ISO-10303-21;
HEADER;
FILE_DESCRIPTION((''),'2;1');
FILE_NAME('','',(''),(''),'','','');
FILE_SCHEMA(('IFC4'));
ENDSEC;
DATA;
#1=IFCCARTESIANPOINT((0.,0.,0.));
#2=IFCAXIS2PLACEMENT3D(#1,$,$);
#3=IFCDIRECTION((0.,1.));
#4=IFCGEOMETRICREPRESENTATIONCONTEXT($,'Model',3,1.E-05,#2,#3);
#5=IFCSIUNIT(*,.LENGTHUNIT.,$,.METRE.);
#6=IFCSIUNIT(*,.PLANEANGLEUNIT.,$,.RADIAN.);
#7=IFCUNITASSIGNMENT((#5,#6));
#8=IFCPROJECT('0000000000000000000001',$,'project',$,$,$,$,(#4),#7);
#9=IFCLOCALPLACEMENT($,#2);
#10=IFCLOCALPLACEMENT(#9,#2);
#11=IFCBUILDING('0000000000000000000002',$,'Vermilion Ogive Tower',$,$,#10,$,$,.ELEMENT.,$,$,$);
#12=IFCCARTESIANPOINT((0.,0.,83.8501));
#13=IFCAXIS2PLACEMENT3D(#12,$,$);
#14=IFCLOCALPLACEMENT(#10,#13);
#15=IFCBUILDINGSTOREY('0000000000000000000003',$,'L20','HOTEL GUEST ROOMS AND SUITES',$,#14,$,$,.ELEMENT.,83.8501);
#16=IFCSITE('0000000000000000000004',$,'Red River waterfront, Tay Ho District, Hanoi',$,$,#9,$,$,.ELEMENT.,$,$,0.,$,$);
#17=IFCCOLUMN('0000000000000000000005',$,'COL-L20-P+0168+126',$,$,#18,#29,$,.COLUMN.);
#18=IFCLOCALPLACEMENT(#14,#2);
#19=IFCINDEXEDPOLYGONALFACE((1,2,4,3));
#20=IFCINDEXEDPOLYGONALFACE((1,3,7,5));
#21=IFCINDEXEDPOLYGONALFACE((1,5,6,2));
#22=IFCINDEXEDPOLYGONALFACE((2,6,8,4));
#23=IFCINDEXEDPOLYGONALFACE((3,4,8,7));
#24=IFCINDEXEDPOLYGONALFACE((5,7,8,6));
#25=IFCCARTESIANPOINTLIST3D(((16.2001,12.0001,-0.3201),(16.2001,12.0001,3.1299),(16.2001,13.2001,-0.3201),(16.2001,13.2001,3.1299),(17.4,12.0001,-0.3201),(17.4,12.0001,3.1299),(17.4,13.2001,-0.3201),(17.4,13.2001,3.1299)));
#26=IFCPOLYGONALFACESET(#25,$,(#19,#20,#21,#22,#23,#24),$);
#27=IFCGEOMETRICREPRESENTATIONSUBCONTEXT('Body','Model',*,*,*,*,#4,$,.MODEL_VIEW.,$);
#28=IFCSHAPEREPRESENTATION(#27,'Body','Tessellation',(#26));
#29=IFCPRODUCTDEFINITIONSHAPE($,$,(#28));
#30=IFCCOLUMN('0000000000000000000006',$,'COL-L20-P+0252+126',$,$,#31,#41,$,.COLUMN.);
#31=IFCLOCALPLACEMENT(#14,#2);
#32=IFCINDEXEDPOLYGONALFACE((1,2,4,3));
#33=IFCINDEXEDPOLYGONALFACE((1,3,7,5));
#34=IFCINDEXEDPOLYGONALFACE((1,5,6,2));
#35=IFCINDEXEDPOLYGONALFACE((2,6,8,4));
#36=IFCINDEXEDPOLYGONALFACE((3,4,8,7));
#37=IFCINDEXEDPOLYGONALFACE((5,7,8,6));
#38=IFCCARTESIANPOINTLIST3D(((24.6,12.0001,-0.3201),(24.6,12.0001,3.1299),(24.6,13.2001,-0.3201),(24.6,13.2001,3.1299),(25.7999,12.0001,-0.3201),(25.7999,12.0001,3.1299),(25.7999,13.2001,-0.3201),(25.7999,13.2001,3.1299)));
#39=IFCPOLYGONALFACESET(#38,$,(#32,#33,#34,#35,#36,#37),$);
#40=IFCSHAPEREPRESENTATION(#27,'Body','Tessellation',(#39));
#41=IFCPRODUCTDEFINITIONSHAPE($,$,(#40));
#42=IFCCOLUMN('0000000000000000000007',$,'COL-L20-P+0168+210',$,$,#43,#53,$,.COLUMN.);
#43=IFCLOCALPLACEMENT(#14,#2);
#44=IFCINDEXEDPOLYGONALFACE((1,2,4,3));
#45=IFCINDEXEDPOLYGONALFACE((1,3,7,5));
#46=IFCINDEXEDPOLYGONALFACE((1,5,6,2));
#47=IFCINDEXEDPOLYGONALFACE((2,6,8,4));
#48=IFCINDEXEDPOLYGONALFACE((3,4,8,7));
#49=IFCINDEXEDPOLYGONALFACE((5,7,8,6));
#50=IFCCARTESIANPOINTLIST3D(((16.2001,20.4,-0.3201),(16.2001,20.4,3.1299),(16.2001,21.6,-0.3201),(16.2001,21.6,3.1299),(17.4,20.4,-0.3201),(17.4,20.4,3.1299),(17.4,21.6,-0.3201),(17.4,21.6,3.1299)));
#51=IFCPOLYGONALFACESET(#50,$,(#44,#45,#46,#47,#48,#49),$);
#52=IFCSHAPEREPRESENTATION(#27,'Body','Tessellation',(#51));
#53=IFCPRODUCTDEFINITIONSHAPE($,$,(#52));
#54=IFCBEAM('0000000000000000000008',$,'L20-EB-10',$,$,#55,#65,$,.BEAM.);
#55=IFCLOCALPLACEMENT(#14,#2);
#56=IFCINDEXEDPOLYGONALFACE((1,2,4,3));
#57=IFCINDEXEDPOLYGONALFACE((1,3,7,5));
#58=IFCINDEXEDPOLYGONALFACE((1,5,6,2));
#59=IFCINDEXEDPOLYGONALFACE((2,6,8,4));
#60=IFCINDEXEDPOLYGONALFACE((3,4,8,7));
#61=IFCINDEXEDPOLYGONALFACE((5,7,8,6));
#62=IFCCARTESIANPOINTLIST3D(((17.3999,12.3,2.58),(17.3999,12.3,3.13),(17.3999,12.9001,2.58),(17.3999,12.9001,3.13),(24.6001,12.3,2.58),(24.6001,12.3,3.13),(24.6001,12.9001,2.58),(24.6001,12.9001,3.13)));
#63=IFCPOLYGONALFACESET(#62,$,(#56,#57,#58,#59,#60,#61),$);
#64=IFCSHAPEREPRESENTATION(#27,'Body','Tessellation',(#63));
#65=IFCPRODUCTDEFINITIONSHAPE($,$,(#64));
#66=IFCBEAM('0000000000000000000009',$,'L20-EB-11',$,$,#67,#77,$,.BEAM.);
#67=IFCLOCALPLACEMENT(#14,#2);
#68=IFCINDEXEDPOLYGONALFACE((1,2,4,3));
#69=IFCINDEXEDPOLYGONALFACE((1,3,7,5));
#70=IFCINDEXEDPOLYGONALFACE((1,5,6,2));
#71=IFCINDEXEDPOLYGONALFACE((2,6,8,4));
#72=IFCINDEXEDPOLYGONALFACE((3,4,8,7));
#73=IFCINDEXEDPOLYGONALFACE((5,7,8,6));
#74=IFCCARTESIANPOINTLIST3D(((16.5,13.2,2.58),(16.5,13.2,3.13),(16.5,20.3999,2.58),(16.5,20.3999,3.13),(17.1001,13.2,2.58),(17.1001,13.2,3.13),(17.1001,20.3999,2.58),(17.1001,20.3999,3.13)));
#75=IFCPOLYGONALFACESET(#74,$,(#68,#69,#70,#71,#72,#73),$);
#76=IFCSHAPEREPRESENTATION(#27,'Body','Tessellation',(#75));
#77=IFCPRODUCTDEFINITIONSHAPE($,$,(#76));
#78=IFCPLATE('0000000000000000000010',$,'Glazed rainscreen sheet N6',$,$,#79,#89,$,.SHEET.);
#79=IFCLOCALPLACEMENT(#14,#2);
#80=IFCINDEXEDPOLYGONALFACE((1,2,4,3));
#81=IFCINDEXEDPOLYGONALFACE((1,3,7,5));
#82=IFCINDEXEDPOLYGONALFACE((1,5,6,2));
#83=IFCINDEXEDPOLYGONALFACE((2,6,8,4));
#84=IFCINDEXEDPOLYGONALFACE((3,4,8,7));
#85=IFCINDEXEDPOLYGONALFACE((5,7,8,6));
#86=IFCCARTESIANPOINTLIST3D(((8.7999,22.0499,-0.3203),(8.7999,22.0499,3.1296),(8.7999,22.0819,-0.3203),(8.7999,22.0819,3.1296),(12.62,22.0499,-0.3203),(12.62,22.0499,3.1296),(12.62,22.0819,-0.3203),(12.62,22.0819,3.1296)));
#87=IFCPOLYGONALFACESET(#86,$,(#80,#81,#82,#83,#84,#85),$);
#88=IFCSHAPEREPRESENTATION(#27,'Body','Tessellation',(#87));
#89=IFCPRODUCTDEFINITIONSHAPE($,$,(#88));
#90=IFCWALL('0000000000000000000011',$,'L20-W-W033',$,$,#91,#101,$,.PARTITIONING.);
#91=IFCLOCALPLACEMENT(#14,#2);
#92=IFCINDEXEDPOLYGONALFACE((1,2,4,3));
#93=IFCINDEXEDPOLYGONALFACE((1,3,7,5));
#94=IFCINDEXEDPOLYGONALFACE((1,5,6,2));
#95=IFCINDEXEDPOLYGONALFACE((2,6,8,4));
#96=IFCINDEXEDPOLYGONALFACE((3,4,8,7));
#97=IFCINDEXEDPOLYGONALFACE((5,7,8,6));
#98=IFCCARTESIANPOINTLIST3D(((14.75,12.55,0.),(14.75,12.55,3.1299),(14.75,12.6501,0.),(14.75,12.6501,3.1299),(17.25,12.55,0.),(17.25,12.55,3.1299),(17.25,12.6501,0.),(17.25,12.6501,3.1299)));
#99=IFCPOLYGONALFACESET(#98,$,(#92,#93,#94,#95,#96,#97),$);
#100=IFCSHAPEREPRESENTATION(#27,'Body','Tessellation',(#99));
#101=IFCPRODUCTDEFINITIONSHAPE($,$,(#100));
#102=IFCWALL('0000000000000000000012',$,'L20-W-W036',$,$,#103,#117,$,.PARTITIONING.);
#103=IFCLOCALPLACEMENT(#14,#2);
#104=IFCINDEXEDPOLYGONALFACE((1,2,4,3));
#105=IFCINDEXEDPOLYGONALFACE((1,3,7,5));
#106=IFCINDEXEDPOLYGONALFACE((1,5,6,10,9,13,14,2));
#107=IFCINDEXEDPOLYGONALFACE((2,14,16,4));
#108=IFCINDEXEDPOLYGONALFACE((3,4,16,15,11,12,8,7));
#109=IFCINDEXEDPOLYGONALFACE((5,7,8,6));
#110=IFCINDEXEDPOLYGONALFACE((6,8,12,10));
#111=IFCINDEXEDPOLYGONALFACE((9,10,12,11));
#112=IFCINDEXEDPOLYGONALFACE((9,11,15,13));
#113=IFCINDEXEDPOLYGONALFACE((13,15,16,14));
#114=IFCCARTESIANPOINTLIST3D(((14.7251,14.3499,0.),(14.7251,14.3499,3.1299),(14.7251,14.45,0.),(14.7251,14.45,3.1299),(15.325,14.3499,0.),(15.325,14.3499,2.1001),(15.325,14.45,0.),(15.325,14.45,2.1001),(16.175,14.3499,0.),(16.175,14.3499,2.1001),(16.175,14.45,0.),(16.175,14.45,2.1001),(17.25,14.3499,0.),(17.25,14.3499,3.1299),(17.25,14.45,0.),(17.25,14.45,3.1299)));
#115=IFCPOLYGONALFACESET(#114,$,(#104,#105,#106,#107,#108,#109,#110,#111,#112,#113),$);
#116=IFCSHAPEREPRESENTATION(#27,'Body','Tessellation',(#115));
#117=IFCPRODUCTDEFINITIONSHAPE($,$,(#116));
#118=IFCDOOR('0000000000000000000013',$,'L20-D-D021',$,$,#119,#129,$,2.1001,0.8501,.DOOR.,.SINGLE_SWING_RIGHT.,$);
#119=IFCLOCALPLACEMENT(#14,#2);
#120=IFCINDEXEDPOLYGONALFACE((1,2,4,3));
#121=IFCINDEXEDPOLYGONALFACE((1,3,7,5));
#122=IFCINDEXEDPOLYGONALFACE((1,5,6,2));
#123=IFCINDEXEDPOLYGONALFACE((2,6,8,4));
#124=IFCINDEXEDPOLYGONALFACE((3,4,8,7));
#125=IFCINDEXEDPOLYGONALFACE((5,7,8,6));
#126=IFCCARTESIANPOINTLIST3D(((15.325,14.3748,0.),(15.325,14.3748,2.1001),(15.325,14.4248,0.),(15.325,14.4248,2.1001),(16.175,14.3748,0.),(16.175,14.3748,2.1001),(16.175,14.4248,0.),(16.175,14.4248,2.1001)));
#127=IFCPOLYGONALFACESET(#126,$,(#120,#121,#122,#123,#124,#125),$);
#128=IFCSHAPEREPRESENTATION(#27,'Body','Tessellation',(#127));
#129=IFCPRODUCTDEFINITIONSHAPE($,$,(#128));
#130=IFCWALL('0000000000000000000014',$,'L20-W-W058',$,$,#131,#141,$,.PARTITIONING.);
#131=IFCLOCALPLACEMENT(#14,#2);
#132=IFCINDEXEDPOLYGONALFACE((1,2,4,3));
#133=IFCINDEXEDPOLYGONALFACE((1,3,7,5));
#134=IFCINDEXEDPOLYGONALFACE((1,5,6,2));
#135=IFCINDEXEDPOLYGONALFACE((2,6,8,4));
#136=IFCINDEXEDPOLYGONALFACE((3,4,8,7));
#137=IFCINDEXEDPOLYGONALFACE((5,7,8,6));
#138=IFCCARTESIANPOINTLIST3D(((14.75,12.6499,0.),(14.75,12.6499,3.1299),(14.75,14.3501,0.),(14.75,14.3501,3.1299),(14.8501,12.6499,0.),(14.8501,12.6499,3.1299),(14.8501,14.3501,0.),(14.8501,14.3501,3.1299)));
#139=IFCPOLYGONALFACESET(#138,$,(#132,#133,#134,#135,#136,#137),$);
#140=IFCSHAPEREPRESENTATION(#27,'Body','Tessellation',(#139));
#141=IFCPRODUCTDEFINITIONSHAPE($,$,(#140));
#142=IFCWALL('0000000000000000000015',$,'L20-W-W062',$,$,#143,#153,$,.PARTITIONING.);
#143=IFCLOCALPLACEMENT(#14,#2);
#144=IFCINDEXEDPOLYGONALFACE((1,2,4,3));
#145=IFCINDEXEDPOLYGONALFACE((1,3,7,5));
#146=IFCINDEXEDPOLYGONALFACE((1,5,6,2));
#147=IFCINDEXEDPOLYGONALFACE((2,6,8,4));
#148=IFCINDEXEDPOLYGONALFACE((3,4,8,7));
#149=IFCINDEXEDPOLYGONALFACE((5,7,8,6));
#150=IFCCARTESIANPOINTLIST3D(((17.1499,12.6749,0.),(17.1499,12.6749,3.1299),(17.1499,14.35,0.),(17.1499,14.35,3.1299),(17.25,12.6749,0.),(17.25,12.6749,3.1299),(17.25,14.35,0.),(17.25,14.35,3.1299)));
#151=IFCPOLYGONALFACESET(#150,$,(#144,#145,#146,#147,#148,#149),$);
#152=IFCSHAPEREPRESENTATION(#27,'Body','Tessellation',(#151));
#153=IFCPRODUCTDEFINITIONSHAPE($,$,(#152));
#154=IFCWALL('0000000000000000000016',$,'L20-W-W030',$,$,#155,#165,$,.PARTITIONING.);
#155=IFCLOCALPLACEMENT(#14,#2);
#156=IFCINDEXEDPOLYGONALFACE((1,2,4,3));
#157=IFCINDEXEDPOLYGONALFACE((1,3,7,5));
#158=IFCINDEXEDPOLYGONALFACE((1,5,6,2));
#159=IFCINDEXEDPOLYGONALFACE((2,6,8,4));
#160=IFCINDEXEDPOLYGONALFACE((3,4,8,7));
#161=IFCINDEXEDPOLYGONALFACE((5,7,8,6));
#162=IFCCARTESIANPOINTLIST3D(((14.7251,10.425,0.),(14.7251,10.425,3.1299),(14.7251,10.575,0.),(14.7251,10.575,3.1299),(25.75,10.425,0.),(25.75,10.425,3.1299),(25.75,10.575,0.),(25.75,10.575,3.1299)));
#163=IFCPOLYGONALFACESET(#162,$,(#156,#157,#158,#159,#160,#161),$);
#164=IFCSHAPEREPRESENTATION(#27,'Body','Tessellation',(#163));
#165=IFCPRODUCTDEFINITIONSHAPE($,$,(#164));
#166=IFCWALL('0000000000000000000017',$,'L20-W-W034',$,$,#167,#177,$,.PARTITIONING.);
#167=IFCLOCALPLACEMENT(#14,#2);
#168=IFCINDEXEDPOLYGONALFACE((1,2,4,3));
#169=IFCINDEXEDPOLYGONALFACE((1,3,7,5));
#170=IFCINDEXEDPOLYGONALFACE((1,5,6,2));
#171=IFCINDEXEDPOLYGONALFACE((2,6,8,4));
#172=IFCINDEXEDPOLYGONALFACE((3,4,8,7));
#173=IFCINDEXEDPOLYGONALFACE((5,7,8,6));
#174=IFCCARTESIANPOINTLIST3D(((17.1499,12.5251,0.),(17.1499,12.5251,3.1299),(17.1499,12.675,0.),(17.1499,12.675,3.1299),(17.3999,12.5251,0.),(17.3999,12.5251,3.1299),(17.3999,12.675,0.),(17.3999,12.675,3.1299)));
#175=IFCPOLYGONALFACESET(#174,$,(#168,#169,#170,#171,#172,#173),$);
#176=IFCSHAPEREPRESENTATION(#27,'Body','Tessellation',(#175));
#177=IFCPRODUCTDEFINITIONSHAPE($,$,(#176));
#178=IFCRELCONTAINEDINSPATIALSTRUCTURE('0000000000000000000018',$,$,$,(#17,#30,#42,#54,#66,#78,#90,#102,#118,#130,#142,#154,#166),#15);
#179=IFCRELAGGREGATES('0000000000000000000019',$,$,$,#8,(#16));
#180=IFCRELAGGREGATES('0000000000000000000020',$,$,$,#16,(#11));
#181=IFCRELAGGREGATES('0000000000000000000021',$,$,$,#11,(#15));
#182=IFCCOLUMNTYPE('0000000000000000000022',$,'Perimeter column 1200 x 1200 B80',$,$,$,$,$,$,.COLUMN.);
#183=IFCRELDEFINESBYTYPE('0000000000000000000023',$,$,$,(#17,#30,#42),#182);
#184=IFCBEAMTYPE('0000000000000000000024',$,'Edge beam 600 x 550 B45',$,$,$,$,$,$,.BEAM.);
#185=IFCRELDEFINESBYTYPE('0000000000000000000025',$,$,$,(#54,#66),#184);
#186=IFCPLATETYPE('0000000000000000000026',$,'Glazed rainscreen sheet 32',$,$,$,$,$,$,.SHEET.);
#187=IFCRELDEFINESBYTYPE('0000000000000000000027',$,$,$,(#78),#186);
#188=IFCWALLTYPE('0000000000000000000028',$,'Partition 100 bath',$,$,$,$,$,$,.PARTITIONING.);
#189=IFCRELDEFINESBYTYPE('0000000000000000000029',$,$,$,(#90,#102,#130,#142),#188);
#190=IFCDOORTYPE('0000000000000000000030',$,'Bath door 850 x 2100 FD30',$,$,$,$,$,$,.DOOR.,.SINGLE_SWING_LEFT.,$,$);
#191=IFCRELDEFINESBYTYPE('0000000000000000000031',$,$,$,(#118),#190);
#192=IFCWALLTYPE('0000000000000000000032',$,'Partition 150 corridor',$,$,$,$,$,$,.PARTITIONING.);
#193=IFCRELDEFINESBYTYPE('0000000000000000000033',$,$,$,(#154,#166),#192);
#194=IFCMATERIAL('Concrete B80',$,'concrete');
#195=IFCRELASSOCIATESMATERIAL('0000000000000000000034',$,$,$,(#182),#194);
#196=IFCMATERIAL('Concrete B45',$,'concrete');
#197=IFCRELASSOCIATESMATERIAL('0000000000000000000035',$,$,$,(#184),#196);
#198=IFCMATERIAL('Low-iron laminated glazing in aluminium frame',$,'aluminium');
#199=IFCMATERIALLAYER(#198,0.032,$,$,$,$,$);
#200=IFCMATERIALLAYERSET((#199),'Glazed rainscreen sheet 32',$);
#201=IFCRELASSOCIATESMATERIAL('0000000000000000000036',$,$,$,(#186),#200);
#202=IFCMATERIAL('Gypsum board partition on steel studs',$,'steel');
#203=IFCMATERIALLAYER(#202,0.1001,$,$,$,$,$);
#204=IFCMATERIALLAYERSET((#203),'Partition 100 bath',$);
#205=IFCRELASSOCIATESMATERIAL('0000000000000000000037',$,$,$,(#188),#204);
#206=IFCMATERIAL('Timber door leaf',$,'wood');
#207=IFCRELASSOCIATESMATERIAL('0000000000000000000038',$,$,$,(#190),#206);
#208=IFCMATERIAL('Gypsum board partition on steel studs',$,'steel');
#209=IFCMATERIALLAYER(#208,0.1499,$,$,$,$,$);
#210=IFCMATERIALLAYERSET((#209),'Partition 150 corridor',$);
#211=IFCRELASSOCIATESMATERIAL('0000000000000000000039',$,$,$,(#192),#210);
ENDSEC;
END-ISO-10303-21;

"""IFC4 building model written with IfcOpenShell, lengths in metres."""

from ifc_helpers import new_model, si_unit, direction, frame, frame_2d, origin, origin_2d, place, context, subcontext, project, spatial, rectangle, extrude, material, layer, layer_set, material_profile, profile_set, type_object, element, fill, save


model = new_model("IFC4")

# Units and contexts
model_context = context("Model", 3, precision=1e-05, world=origin(), true_north=direction((0.0, 1.0)))
body_context = subcontext(model_context, "Body", "Model", "MODEL_VIEW")
ifc_project = project(units=[si_unit("LENGTHUNIT", "METRE"), si_unit("PLANEANGLEUNIT", "RADIAN")], contexts=[model_context])

# Site, building, storey
site_placement = place(None, origin())
site = spatial("IfcSite", under=ifc_project, at=site_placement, Name="Red River waterfront, Tay Ho District, Hanoi", CompositionType="ELEMENT", RefElevation=0.0)
building_placement = place(site_placement, origin())
building = spatial("IfcBuilding", under=site, at=building_placement, Name="Vermilion Ogive Tower", CompositionType="ELEMENT")
storey_placement = place(building_placement, frame((0.0, 0.0, 83.8501)))
storey = spatial("IfcBuildingStorey", under=building, at=storey_placement, Name="L20", Description="HOTEL GUEST ROOMS AND SUITES", CompositionType="ELEMENT", Elevation=83.8501)

# Columns
ifc_material_1 = material(Name="Concrete B80", Category="concrete")
ifc_material_profile_1 = material_profile(ifc_material_1, rectangle(XDim=1.2, YDim=1.2, at=origin_2d()), Name="1200 x 1200")
ifc_profile_set_1 = profile_set([ifc_material_profile_1], Name="Concrete B80")
column_type = type_object("IfcColumnType", Name="Perimeter column 1200 x 1200 B80", PredefinedType="COLUMN", material=ifc_profile_set_1)
for number, where, z_axis, x_axis, name in (
    (1, (16.8, 12.6001, -0.3201), (0.0, 0.0, 1.0), (1.0, 0.0, 0.0), "COL-L20-P+0168+126"),
    (2, (25.2, 12.6001, -0.3201), (0.0, 0.0, 1.0), (1.0, 0.0, 0.0), "COL-L20-P+0252+126"),
    (3, (16.8, 21.0, -0.3201), (0.0, 0.0, 1.0), (1.0, 0.0, 0.0), "COL-L20-P+0168+210"),
):
    element("IfcColumn", number, at=place(storey_placement, frame(where, z_axis=z_axis, x_axis=x_axis)), inside=storey, type_object=column_type, Name=name, PredefinedType="COLUMN", context=body_context, shape_type="SweptSolid", body=[
        extrude(rectangle(XDim=1.2, YDim=1.2, at=origin_2d()), origin(), (0.0, 0.0, 1.0), 3.45),
    ])

# Beams
ifc_material_2 = material(Name="Concrete B45", Category="concrete")
ifc_material_profile_2 = material_profile(ifc_material_2, rectangle(XDim=0.6001, YDim=0.55, at=origin_2d()), Name="600 x 550")
ifc_profile_set_2 = profile_set([ifc_material_profile_2], Name="Concrete B45")
beam_type = type_object("IfcBeamType", Name="Edge beam 600 x 550 B45", PredefinedType="BEAM", material=ifc_profile_set_2)
beam_1_placement = place(storey_placement, frame((24.6001, 12.6001, 2.855), z_axis=(-1.0, 0.0, 0.0), x_axis=(0.0, -1.0, 0.0)))
element("IfcBeam", 4, at=beam_1_placement, inside=storey, type_object=beam_type, Name="L20-EB-10", PredefinedType="BEAM", context=body_context, shape_type="SweptSolid", body=[
    extrude(rectangle(XDim=0.6001, YDim=0.55, at=origin_2d()), origin(), (0.0, 0.0, 1.0), 7.2002),
])
beam_2_placement = place(storey_placement, frame((16.8, 13.2, 2.855), z_axis=(0.0, 1.0, 0.0), x_axis=(-1.0, 0.0, 0.0)))
element("IfcBeam", 5, at=beam_2_placement, inside=storey, type_object=beam_type, Name="L20-EB-11", PredefinedType="BEAM", context=body_context, shape_type="SweptSolid", body=[
    extrude(rectangle(XDim=0.6001, YDim=0.55, at=origin_2d()), origin(), (0.0, 0.0, 1.0), 7.2),
])

# Plate
ifc_material_3 = material(Name="Low-iron laminated glazing in aluminium frame", Category="aluminium")
ifc_layer_1 = layer(ifc_material_3, 0.032)
ifc_layer_set_1 = layer_set([ifc_layer_1], Name="Glazed rainscreen sheet 32")
plate_type = type_object("IfcPlateType", Name="Glazed rainscreen sheet 32", PredefinedType="SHEET", material=ifc_layer_set_1)
plate_placement = place(storey_placement, frame((10.71, 22.0659, -0.3203), z_axis=(0.0, 0.0, 1.0), x_axis=(1.0, 0.0, 0.0)))
element("IfcPlate", 6, at=plate_placement, inside=storey, type_object=plate_type, Name="Glazed rainscreen sheet N6", PredefinedType="SHEET", context=body_context, shape_type="SweptSolid", body=[
    extrude(rectangle(XDim=3.8201, YDim=0.032, at=origin_2d()), origin(), (0.0, 0.0, 1.0), 3.45),
])

# Wall
ifc_material_4 = material(Name="Gypsum board partition on steel studs", Category="steel")
ifc_layer_2 = layer(ifc_material_4, 0.1001)
ifc_layer_set_2 = layer_set([ifc_layer_2], Name="Partition 100 bath")
wall_type_1 = type_object("IfcWallType", Name="Partition 100 bath", PredefinedType="PARTITIONING", material=ifc_layer_set_2)
wall_1_placement = place(storey_placement, frame((14.75, 12.6001, 0.0), z_axis=(0.0, 0.0, 1.0), x_axis=(1.0, 0.0, 0.0)))
element("IfcWall", 7, at=wall_1_placement, inside=storey, type_object=wall_type_1, Name="L20-W-W033", PredefinedType="PARTITIONING", context=body_context, shape_type="SweptSolid", body=[
    extrude(rectangle(XDim=2.5, YDim=0.1001, at=frame_2d((1.25, 0.0))), origin(), (0.0, 0.0, 1.0), 3.1299),
])

# Wall, opening, door
wall_2_placement = place(storey_placement, frame((14.7251, 14.3999, 0.0), z_axis=(0.0, 0.0, 1.0), x_axis=(1.0, 0.0, 0.0)))
wall_2 = element("IfcWall", 8, at=wall_2_placement, inside=storey, type_object=wall_type_1, Name="L20-W-W036", PredefinedType="PARTITIONING", context=body_context, shape_type="SweptSolid", body=[
    extrude(rectangle(XDim=2.5249, YDim=0.1001, at=frame_2d((1.2625, 0.0))), origin(), (0.0, 0.0, 1.0), 3.1299),
])
opening_1_placement = place(wall_2_placement, frame((0.5999, 0.0, 0.0)))
opening_1 = element("IfcOpeningElement", 9, at=opening_1_placement, cuts=wall_2, PredefinedType="OPENING", context=body_context, shape_type="SweptSolid", body=[
    extrude(rectangle(XDim=0.8501, YDim=2.1001, at=frame_2d((0.425, 1.05))), frame((0.0, 0.0601, 0.0), z_axis=(0.0, -1.0, 0.0), x_axis=(1.0, 0.0, 0.0)), (0.0, 0.0, 1.0), 0.1201),
])
ifc_material_5 = material(Name="Timber door leaf", Category="wood")
door_type_1 = type_object("IfcDoorType", Name="Bath door 850 x 2100 FD30", OperationType="SINGLE_SWING_LEFT", PredefinedType="DOOR", material=ifc_material_5)
door_1_placement = place(opening_1_placement, origin())
door_1 = element("IfcDoor", 10, at=door_1_placement, inside=storey, type_object=door_type_1, Name="L20-D-D021", OperationType="SINGLE_SWING_RIGHT", OverallHeight=2.1001, OverallWidth=0.8501, PredefinedType="DOOR", context=body_context, shape_type="SweptSolid", body=[
    extrude(rectangle(XDim=0.8501, YDim=2.1001, at=frame_2d((0.425, 1.05))), frame((0.0, 0.0249, 0.0), z_axis=(0.0, -1.0, 0.0), x_axis=(1.0, 0.0, 0.0)), (0.0, 0.0, 1.0), 0.05),
])
fill(opening_1, door_1)

# Walls
wall_3_placement = place(storey_placement, frame((14.8, 12.6499, 0.0), z_axis=(0.0, 0.0, 1.0), x_axis=(0.0, 1.0, 0.0)))
element("IfcWall", 11, at=wall_3_placement, inside=storey, type_object=wall_type_1, Name="L20-W-W058", PredefinedType="PARTITIONING", context=body_context, shape_type="SweptSolid", body=[
    extrude(rectangle(XDim=1.7002, YDim=0.1001, at=frame_2d((0.8501, 0.0))), origin(), (0.0, 0.0, 1.0), 3.1299),
])
wall_4_placement = place(storey_placement, frame((17.2, 12.675, 0.0), z_axis=(0.0, 0.0, 1.0), x_axis=(0.0, 1.0, 0.0)))
element("IfcWall", 12, at=wall_4_placement, inside=storey, type_object=wall_type_1, Name="L20-W-W062", PredefinedType="PARTITIONING", context=body_context, shape_type="SweptSolid", body=[
    extrude(rectangle(XDim=1.675, YDim=0.1001, at=frame_2d((0.8374, 0.0))), origin(), (0.0, 0.0, 1.0), 3.1299),
])
ifc_material_6 = material(Name="Gypsum board partition on steel studs", Category="steel")
ifc_layer_3 = layer(ifc_material_6, 0.1499)
ifc_layer_set_3 = layer_set([ifc_layer_3], Name="Partition 150 corridor")
wall_type_2 = type_object("IfcWallType", Name="Partition 150 corridor", PredefinedType="PARTITIONING", material=ifc_layer_set_3)
wall_5_placement = place(storey_placement, frame((14.7251, 10.5, 0.0), z_axis=(0.0, 0.0, 1.0), x_axis=(1.0, 0.0, 0.0)))
element("IfcWall", 13, at=wall_5_placement, inside=storey, type_object=wall_type_2, Name="L20-W-W030", PredefinedType="PARTITIONING", context=body_context, shape_type="SweptSolid", body=[
    extrude(rectangle(XDim=11.0249, YDim=0.1499, at=frame_2d((5.5125, 0.0))), origin(), (0.0, 0.0, 1.0), 3.1299),
])
wall_6_placement = place(storey_placement, frame((17.1499, 12.6001, 0.0), z_axis=(0.0, 0.0, 1.0), x_axis=(1.0, 0.0, 0.0)))
element("IfcWall", 14, at=wall_6_placement, inside=storey, type_object=wall_type_2, Name="L20-W-W034", PredefinedType="PARTITIONING", context=body_context, shape_type="SweptSolid", body=[
    extrude(rectangle(XDim=0.25, YDim=0.1499, at=frame_2d((0.125, 0.0))), origin(), (0.0, 0.0, 1.0), 3.1299),
])

save(model, "model.ifc")
